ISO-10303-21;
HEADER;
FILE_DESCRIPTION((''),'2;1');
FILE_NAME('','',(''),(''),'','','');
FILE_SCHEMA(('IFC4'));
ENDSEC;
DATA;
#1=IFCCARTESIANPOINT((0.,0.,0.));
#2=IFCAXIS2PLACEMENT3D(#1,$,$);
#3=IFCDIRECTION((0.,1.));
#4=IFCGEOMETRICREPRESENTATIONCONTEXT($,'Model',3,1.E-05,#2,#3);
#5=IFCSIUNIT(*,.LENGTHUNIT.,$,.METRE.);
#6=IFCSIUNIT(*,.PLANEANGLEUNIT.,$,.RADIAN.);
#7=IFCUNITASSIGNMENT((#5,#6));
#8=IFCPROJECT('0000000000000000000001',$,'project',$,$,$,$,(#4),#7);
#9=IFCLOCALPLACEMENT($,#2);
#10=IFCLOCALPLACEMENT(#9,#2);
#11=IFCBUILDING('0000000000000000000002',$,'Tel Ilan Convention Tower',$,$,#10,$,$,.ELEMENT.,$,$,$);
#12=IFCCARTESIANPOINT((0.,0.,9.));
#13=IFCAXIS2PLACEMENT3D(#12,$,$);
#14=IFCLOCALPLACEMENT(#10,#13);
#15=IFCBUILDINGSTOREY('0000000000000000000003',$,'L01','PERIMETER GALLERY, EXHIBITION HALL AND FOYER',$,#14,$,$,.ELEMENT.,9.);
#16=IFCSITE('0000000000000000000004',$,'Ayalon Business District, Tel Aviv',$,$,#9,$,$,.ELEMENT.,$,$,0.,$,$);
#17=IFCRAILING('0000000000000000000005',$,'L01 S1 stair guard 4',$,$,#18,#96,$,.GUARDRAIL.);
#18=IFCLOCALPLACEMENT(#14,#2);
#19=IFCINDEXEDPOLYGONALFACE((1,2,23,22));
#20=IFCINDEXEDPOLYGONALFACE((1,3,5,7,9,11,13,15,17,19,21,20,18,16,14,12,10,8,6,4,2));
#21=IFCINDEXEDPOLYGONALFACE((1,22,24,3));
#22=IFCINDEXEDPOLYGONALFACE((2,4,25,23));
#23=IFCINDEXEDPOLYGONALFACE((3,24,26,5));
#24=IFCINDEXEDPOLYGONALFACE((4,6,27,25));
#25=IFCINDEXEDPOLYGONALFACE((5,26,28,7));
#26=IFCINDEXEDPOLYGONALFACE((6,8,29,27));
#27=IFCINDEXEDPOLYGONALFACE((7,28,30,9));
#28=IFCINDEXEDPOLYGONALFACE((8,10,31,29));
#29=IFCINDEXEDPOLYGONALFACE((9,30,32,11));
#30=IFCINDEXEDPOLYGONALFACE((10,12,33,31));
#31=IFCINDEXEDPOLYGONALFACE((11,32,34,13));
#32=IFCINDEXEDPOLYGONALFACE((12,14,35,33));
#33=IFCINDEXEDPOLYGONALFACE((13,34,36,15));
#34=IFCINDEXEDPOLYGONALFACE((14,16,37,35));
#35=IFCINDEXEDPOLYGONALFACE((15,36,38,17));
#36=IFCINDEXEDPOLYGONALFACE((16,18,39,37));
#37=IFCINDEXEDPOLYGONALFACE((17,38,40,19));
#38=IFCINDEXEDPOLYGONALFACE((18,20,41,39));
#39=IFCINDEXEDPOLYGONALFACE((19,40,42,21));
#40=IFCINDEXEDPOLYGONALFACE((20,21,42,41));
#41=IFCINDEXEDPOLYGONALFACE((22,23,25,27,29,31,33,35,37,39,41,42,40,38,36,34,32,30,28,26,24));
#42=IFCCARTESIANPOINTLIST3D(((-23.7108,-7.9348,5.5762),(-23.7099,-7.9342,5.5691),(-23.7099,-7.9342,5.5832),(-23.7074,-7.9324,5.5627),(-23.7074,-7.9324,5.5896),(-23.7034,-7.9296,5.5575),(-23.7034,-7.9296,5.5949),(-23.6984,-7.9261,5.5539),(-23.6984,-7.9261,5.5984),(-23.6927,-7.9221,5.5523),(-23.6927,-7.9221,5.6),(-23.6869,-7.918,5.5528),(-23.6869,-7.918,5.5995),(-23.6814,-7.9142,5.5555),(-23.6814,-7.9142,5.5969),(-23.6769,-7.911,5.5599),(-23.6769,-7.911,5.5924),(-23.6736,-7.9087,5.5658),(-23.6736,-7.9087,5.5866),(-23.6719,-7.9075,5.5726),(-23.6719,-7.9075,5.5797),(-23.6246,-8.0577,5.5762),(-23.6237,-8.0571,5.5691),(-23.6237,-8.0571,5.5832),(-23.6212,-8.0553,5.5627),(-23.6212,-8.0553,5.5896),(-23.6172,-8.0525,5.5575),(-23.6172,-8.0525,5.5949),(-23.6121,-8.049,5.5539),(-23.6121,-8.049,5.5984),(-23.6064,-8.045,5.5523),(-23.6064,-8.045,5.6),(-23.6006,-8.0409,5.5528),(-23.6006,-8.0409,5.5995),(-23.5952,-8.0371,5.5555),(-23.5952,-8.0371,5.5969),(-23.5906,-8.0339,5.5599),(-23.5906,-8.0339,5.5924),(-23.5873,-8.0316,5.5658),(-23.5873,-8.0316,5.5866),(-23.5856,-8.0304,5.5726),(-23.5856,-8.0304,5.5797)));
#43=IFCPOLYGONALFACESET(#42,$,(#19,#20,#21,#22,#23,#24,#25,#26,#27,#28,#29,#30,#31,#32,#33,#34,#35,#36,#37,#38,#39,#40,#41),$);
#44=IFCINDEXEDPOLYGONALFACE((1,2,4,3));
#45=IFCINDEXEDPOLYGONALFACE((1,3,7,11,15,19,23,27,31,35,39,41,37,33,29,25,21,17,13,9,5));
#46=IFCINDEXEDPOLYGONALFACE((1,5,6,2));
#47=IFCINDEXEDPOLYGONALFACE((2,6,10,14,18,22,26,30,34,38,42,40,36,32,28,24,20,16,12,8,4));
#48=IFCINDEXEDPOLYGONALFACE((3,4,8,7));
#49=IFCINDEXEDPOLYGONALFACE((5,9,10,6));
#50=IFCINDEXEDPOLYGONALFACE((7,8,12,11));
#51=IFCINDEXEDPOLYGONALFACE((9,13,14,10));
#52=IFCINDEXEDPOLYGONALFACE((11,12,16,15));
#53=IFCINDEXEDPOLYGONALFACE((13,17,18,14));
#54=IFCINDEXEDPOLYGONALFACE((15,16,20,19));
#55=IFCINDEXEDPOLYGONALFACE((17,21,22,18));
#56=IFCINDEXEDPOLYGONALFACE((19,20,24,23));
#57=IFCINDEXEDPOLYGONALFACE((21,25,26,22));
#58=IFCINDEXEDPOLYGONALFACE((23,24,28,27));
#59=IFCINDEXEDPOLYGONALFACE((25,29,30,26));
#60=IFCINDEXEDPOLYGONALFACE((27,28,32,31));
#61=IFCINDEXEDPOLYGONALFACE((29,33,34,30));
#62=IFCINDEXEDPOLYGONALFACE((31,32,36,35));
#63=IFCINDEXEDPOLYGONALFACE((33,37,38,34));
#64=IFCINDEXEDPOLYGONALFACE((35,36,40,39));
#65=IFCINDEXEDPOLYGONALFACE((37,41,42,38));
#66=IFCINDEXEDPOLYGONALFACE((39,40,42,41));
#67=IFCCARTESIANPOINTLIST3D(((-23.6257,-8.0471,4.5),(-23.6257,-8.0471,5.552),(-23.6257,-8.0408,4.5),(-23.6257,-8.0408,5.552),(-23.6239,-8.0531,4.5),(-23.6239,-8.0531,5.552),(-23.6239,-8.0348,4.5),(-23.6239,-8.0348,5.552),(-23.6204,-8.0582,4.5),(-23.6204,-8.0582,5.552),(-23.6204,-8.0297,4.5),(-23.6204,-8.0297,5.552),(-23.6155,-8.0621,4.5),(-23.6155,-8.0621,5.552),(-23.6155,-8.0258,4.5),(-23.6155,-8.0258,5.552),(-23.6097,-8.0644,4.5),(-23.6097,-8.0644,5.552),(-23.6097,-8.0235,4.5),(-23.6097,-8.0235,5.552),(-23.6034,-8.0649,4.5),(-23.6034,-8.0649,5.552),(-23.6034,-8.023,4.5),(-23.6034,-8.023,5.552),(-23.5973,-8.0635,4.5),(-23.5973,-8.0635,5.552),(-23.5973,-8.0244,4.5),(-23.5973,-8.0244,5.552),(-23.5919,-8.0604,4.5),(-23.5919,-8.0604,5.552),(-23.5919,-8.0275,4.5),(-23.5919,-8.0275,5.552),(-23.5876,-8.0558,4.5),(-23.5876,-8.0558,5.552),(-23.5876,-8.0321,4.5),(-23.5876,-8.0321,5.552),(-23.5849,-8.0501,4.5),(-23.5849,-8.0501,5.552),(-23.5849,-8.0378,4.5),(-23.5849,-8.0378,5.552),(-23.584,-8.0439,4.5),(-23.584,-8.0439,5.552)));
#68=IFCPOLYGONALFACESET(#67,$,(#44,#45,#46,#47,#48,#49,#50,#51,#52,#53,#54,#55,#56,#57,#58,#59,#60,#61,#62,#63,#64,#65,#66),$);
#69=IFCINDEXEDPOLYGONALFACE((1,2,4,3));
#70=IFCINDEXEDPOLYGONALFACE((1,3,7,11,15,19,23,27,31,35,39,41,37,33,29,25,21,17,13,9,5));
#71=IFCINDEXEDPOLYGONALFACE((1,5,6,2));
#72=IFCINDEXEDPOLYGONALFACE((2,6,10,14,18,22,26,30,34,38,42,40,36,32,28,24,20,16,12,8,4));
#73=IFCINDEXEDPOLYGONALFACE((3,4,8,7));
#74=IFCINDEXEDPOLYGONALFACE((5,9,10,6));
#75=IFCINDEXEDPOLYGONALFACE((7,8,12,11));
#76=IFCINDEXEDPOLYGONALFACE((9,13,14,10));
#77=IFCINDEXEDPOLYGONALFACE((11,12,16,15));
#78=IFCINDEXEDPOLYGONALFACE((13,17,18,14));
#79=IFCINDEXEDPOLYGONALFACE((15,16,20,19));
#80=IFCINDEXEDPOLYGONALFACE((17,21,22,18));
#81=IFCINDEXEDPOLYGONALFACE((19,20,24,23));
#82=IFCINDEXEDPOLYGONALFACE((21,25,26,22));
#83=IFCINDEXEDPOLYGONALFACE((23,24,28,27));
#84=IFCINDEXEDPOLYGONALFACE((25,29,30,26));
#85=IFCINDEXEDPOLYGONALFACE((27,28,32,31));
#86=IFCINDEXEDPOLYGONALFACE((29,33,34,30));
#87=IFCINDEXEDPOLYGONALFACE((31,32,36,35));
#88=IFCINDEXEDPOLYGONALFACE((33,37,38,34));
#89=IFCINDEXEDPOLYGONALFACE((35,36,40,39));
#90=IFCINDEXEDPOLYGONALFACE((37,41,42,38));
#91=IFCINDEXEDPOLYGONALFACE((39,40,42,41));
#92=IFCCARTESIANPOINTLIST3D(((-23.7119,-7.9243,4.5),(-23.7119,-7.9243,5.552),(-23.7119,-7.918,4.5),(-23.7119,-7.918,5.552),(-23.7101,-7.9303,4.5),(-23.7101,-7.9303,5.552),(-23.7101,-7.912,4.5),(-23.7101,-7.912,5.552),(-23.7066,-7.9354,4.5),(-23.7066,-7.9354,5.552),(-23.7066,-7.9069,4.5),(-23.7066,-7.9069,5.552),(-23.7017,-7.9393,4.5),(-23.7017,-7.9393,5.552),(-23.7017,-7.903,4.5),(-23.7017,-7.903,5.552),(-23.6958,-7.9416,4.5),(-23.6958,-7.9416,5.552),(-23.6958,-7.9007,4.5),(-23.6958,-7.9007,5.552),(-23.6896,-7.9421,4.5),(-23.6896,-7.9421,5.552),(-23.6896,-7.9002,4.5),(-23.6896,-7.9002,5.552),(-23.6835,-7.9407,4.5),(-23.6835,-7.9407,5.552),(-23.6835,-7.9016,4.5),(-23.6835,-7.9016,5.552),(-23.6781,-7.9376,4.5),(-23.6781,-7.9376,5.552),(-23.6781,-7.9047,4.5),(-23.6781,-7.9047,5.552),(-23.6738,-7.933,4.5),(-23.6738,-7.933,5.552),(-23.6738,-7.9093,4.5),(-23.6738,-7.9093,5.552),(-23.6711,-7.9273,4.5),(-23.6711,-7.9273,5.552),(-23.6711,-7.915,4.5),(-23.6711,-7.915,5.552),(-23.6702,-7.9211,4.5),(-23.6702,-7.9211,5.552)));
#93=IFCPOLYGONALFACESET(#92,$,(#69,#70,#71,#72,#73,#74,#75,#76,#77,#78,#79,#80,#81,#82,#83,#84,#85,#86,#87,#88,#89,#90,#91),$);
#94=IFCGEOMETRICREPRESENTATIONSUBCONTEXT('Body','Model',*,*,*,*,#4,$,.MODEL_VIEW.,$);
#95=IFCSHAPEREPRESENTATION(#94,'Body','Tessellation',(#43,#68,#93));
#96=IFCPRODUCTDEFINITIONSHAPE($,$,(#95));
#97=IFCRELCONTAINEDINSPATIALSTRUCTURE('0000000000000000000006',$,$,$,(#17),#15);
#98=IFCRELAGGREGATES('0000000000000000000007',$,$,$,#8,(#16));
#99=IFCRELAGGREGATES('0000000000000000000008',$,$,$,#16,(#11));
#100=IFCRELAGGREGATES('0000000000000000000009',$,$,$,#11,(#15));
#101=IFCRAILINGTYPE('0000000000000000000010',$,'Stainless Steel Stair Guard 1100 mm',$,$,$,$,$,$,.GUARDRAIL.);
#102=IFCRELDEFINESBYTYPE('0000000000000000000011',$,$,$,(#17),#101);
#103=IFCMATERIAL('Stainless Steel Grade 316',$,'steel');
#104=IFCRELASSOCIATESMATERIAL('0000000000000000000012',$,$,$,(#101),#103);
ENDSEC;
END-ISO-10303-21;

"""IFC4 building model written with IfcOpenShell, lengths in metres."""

from ifc_helpers import new_model, si_unit, direction, frame, origin, origin_2d, place, context, subcontext, project, spatial, circle, extrude, material, type_object, element, save


model = new_model("IFC4")

# Units and contexts
model_context = context("Model", 3, precision=1e-05, world=origin(), true_north=direction((0.0, 1.0)))
body_context = subcontext(model_context, "Body", "Model", "MODEL_VIEW")
ifc_project = project(units=[si_unit("LENGTHUNIT", "METRE"), si_unit("PLANEANGLEUNIT", "RADIAN")], contexts=[model_context])

# Site, building, storey
site_placement = place(None, origin())
site = spatial("IfcSite", under=ifc_project, at=site_placement, Name="Ayalon Business District, Tel Aviv", CompositionType="ELEMENT", RefElevation=0.0)
building_placement = place(site_placement, origin())
building = spatial("IfcBuilding", under=site, at=building_placement, Name="Tel Ilan Convention Tower", CompositionType="ELEMENT")
storey_placement = place(building_placement, frame((0.0, 0.0, 9.0)))
storey = spatial("IfcBuildingStorey", under=building, at=storey_placement, Name="L01", Description="PERIMETER GALLERY, EXHIBITION HALL AND FOYER", CompositionType="ELEMENT", Elevation=9.0)

# Railing
ifc_material_1 = material(Name="Stainless Steel Grade 316", Category="steel")
railing_type = type_object("IfcRailingType", Name="Stainless Steel Stair Guard 1100 mm", PredefinedType="GUARDRAIL", material=ifc_material_1)
railing_1_placement = place(storey_placement, frame((-23.605, -8.0439, 4.5)))
element("IfcRailing", 1, at=railing_1_placement, inside=storey, type_object=railing_type, Name="L01 S1 stair guard 4", PredefinedType="GUARDRAIL", context=body_context, shape_type="SweptSolid", body=[
    extrude(circle(Radius=0.0239, at=origin_2d()), frame((0.0, 0.0, 1.0762), z_axis=(-0.574445, 0.818543, 0.0), x_axis=(-0.818543, -0.574445, 0.0)), (0.0, 0.0, 1.0), 0.1501),
    extrude(circle(Radius=0.021, at=origin_2d()), origin(), (0.0, 0.0, 1.0), 1.052),
    extrude(circle(Radius=0.021, at=origin_2d()), frame((-0.0862, 0.1228, 0.0)), (0.0, 0.0, 1.0), 1.052),
])

save(model, "model.ifc")
